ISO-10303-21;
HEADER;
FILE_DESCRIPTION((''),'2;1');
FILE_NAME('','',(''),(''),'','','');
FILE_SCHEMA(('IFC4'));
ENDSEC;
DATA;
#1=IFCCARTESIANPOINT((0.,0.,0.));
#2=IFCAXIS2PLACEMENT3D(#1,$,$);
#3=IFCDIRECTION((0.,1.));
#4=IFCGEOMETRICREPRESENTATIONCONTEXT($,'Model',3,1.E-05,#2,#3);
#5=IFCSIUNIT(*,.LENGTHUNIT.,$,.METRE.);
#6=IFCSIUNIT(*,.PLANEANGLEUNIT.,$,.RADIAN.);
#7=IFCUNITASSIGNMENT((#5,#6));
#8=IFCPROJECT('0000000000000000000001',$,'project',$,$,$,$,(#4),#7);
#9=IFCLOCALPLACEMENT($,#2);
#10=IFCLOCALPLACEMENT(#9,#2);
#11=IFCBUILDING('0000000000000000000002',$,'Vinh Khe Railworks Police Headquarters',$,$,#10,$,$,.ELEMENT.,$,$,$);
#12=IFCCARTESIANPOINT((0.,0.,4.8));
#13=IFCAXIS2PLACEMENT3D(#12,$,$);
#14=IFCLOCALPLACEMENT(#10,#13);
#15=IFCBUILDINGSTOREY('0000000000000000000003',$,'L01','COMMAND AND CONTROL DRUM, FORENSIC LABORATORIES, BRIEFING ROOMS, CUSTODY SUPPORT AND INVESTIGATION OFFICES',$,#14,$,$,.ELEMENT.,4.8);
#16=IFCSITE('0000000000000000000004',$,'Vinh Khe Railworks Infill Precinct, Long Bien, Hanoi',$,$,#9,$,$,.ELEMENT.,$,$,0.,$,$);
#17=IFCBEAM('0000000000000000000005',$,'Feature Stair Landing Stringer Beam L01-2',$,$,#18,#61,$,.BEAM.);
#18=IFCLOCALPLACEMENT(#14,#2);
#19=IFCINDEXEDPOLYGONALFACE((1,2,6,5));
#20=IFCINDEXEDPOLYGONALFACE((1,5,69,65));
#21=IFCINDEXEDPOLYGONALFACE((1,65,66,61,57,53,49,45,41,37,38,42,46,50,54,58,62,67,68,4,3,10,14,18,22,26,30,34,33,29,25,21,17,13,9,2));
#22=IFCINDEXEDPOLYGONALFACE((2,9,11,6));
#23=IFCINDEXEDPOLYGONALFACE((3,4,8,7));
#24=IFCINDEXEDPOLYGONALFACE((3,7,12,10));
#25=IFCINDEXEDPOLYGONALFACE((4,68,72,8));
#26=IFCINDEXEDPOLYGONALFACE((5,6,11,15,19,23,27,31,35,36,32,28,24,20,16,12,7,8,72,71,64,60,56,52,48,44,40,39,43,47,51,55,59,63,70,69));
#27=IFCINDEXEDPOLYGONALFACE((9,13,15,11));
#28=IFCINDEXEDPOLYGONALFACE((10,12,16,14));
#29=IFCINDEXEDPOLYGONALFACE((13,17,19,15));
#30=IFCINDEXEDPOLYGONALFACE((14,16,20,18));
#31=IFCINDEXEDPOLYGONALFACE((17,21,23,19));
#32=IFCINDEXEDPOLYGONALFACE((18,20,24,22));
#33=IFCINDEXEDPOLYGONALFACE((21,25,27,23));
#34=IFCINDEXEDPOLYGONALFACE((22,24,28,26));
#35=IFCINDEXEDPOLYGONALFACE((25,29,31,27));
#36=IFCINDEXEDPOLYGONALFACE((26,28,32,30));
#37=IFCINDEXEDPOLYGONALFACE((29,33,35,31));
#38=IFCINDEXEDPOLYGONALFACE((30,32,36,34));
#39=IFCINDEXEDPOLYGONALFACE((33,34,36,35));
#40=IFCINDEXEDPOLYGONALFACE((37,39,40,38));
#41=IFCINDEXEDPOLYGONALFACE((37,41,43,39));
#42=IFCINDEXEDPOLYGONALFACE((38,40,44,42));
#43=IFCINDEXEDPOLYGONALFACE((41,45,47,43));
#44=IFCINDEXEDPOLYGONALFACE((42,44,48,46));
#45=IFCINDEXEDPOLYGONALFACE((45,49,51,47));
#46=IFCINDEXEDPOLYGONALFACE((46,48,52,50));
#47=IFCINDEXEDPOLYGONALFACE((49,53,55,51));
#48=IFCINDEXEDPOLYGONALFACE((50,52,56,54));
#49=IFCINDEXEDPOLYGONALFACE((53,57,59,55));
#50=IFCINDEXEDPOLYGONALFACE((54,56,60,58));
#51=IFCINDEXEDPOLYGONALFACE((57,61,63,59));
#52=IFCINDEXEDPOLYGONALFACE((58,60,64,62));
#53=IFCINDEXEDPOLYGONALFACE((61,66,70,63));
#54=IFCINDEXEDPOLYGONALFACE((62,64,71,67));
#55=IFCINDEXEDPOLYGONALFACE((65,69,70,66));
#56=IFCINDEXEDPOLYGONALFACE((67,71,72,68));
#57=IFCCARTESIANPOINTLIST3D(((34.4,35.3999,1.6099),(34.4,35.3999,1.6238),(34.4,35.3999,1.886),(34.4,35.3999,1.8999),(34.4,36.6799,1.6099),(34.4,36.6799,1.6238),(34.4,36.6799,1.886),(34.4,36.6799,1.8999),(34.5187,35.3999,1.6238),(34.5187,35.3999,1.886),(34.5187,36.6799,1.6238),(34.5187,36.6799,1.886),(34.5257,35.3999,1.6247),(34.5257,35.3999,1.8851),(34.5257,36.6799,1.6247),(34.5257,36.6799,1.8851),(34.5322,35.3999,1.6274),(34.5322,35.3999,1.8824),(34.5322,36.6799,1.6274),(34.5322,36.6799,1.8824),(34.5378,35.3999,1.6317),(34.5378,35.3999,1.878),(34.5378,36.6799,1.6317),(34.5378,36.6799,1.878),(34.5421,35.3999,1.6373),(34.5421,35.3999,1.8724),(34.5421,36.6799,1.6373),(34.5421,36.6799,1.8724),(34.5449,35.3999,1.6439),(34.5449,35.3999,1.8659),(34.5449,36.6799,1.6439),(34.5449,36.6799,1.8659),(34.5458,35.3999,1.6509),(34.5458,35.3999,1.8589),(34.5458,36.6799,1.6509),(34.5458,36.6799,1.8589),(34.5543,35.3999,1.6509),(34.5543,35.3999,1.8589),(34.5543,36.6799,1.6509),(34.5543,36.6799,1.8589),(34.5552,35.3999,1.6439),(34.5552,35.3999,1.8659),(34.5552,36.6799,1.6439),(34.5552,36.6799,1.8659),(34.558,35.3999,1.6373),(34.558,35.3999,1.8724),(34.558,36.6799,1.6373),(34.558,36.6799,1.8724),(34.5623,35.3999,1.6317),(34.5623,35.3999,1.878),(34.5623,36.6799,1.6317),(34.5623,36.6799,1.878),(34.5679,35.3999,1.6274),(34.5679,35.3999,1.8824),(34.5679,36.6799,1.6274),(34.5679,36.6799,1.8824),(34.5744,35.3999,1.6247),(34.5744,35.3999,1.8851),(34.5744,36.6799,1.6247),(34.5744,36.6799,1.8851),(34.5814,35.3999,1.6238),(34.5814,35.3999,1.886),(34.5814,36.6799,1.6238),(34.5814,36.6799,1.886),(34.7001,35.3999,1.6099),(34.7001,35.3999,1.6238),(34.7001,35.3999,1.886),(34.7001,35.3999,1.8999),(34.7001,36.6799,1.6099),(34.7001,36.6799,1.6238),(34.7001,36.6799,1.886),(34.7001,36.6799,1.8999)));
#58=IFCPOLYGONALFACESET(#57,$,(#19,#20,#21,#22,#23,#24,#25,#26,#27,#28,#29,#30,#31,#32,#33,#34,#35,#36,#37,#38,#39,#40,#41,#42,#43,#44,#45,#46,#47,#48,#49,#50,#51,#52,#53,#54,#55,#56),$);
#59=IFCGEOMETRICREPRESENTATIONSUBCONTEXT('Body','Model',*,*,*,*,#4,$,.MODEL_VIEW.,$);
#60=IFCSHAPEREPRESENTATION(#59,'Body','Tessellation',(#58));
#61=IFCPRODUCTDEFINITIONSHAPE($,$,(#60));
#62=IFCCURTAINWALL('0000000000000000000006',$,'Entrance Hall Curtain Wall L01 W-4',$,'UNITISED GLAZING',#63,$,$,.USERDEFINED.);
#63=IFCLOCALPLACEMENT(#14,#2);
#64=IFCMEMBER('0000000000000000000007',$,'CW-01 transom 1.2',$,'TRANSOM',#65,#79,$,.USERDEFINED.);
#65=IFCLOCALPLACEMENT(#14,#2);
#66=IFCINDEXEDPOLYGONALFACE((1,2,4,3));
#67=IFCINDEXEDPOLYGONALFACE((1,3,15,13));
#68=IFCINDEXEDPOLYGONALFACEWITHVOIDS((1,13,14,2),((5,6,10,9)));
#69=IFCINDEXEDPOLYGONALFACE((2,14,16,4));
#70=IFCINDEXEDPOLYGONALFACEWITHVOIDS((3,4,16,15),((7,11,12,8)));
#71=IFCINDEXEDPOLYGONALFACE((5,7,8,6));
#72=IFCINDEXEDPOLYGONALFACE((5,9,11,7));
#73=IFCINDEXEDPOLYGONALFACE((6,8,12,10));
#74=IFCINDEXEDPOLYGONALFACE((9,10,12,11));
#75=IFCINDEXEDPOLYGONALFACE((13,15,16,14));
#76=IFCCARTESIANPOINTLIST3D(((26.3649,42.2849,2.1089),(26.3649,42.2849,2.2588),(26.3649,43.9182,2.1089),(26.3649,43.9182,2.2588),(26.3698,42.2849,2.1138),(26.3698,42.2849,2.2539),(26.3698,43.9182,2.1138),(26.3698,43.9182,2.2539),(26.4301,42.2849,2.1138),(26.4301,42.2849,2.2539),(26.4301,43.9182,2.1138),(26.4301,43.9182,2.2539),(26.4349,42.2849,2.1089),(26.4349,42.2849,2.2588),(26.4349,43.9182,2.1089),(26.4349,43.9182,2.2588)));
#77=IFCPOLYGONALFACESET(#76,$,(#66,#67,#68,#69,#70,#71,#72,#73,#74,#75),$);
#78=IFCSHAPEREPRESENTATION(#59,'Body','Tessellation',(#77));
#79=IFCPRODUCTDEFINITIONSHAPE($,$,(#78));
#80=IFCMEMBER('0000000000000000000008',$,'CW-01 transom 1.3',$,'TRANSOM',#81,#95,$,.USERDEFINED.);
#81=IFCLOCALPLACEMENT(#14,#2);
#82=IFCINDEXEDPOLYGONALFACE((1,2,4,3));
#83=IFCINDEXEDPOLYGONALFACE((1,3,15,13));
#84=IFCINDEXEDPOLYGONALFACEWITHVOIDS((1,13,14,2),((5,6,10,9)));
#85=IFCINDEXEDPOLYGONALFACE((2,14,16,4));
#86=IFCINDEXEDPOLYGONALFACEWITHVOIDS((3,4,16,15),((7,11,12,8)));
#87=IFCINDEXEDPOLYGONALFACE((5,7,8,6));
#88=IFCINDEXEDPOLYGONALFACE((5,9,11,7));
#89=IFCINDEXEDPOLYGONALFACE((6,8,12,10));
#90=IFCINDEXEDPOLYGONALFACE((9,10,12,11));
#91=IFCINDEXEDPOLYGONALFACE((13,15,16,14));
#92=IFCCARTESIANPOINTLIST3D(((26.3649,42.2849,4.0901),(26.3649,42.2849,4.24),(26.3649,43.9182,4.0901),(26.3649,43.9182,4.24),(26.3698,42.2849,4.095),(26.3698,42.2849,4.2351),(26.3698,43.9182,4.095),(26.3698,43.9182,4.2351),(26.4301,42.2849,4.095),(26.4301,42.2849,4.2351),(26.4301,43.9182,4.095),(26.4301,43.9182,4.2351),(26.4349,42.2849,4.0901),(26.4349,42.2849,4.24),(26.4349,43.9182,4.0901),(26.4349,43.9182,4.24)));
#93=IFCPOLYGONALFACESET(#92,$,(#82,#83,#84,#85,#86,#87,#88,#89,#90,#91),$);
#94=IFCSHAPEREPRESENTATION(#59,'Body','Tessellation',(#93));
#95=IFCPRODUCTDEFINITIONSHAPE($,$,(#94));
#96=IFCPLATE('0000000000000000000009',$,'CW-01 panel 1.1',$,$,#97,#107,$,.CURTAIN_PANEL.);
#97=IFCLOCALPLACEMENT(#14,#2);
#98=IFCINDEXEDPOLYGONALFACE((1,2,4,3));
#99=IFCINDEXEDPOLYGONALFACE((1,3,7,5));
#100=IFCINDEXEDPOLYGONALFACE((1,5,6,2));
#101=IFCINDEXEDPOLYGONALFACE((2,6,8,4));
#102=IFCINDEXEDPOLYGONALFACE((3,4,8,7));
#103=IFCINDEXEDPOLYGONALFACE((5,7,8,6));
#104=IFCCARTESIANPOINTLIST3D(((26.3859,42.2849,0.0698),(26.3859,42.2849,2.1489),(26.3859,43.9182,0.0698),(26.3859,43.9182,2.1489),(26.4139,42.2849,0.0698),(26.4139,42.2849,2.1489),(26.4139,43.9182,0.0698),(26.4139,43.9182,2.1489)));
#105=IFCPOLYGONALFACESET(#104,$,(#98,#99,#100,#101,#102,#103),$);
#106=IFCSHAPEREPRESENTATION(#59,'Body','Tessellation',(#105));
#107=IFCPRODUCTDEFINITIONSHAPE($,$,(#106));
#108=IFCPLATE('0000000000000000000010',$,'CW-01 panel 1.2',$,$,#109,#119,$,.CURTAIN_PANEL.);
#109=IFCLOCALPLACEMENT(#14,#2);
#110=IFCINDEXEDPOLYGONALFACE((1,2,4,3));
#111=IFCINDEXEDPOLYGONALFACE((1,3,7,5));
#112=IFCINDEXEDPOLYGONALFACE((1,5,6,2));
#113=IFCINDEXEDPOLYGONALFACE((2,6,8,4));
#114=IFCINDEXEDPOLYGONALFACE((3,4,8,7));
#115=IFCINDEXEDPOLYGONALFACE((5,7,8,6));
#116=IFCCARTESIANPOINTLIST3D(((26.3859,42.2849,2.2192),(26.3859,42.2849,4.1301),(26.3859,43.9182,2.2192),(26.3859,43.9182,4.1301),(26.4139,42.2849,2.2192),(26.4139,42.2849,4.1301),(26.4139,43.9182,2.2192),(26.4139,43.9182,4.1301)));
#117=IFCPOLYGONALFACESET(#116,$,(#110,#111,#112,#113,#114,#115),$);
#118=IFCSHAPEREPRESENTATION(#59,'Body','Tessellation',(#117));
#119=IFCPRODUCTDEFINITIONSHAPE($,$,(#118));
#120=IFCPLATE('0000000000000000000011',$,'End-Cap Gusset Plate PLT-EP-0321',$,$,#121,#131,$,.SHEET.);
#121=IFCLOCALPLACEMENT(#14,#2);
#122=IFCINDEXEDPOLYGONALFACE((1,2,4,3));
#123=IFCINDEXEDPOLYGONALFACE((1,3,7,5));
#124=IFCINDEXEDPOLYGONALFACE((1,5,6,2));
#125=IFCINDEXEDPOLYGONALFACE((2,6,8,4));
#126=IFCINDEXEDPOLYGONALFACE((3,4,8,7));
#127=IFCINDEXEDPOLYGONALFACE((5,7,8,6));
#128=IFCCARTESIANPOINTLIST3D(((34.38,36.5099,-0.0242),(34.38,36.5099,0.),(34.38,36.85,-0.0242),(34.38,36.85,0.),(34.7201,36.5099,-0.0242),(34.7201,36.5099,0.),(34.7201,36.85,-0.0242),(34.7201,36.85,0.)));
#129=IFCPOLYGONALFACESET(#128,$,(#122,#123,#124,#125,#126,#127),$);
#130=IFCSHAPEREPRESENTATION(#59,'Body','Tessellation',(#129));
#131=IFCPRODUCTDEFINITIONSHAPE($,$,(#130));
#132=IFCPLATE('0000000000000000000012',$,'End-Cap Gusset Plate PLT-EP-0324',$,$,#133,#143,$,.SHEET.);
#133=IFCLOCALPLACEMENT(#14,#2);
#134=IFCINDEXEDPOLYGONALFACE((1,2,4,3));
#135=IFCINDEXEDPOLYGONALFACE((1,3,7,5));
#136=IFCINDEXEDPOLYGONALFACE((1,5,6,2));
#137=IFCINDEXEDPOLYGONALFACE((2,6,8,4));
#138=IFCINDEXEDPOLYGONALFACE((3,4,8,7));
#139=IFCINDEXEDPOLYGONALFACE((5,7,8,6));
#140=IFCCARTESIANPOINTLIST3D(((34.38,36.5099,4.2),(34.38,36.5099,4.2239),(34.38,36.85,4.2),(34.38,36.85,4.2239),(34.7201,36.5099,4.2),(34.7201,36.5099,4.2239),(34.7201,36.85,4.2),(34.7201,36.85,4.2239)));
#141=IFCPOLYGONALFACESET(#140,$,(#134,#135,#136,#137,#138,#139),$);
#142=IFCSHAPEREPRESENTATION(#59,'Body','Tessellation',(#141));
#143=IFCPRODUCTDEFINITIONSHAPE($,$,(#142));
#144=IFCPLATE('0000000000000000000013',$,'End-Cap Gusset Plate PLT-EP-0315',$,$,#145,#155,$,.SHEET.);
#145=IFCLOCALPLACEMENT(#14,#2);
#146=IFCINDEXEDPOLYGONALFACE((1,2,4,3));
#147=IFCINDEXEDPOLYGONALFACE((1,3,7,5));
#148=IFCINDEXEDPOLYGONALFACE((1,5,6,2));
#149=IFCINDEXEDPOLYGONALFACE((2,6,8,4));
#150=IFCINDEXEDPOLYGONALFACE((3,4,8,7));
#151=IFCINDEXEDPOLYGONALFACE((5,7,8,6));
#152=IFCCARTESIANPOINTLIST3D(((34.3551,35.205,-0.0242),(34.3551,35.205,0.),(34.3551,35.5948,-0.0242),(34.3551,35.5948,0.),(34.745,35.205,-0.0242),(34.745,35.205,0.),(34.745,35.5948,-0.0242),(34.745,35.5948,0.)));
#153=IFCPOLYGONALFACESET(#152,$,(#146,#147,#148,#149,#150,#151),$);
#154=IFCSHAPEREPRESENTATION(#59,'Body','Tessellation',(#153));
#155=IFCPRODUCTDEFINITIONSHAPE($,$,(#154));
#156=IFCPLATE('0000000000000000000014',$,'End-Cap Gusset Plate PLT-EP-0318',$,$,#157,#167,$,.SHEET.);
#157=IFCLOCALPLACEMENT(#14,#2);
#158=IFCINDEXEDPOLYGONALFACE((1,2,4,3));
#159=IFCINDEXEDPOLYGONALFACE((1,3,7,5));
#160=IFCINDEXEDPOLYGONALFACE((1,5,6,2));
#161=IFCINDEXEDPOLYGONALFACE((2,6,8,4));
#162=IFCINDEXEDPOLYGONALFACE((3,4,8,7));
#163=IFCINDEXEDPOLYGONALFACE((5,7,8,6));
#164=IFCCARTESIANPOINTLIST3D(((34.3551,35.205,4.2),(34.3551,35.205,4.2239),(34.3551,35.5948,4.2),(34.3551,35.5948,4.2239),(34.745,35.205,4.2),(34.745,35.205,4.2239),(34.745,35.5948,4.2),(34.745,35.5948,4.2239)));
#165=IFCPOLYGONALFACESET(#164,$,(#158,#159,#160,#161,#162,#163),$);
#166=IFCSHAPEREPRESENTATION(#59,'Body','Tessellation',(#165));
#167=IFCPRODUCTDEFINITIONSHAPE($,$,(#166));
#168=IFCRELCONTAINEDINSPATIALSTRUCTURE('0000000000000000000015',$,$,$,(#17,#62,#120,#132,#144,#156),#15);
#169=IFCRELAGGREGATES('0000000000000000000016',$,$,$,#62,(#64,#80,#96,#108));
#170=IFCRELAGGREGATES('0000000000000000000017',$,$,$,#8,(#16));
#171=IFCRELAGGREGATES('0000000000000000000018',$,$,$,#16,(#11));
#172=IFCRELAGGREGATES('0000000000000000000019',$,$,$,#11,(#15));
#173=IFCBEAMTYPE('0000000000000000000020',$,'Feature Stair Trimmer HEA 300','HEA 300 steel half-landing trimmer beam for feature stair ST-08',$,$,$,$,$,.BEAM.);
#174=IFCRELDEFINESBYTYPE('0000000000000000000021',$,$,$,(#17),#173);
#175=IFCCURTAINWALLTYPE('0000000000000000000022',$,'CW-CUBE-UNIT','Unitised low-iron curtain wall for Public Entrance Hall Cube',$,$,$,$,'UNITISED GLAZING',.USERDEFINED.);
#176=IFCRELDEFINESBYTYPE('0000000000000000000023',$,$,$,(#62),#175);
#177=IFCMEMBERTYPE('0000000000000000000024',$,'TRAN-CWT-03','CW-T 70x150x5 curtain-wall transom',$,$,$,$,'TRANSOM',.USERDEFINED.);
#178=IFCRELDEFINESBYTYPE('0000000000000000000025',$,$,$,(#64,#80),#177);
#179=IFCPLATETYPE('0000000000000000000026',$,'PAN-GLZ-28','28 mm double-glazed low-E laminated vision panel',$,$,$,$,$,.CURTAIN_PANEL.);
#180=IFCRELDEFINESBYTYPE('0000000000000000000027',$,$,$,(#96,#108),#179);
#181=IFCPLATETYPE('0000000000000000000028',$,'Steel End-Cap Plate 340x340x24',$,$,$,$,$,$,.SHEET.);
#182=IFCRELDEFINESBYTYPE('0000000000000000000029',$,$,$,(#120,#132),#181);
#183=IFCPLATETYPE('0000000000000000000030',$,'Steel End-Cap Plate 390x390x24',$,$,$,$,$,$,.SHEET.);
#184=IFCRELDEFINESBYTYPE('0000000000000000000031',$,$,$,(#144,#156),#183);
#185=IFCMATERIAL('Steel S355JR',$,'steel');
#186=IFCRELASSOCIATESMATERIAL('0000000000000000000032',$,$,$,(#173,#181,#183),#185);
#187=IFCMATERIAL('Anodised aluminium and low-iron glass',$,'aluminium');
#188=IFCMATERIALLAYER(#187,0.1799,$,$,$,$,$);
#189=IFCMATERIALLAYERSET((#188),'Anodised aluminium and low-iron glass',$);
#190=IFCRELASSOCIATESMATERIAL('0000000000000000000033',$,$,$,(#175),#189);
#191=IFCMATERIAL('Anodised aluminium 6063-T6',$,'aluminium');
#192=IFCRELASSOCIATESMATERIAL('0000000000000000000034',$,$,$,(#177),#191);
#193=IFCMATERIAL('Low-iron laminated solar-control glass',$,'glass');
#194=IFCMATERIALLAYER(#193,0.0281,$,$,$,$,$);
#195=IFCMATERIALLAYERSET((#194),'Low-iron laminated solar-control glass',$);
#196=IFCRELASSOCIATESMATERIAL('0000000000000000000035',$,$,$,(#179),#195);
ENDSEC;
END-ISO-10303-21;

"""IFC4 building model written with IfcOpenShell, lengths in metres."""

from ifc_helpers import new_model, si_unit, direction, frame, origin, origin_2d, place, context, subcontext, project, spatial, rectangle, hollow_rectangle, i_section, extrude, material, layer, layer_set, material_profile, profile_set, type_object, element, aggregate, save


model = new_model("IFC4")

# Units and contexts
model_context = context("Model", 3, precision=1e-05, world=origin(), true_north=direction((0.0, 1.0)))
body_context = subcontext(model_context, "Body", "Model", "MODEL_VIEW")
ifc_project = project(units=[si_unit("LENGTHUNIT", "METRE"), si_unit("PLANEANGLEUNIT", "RADIAN")], contexts=[model_context])

# Site, building, storey
site_placement = place(None, origin())
site = spatial("IfcSite", under=ifc_project, at=site_placement, Name="Vinh Khe Railworks Infill Precinct, Long Bien, Hanoi", CompositionType="ELEMENT", RefElevation=0.0)
building_placement = place(site_placement, origin())
building = spatial("IfcBuilding", under=site, at=building_placement, Name="Vinh Khe Railworks Police Headquarters", CompositionType="ELEMENT")
storey_placement = place(building_placement, frame((0.0, 0.0, 4.8)))
storey = spatial("IfcBuildingStorey", under=building, at=storey_placement, Name="L01", Description="COMMAND AND CONTROL DRUM, FORENSIC LABORATORIES, BRIEFING ROOMS, CUSTODY SUPPORT AND INVESTIGATION OFFICES", CompositionType="ELEMENT", Elevation=4.8)

# Shared definitions
ifc_material_1 = material(Name="Steel S355JR", Category="steel")

# Beam
ifc_material_profile_1 = material_profile(ifc_material_1, i_section(OverallWidth=0.3, OverallDepth=0.29, WebThickness=0.0085, FlangeThickness=0.0139, FilletRadius=0.0271, at=origin_2d()), Name="HEA 300")
ifc_profile_set_1 = profile_set([ifc_material_profile_1], Name="Steel S355JR")
beam_type = type_object("IfcBeamType", Name="Feature Stair Trimmer HEA 300", Description="HEA 300 steel half-landing trimmer beam for feature stair ST-08", PredefinedType="BEAM", material=ifc_profile_set_1)
for number, where, z_axis, x_axis, name in (
    (1, (34.55, 35.3999, 1.7549), (0.0, 1.0, 0.0), (-1.0, 0.0, 0.0), "Feature Stair Landing Stringer Beam L01-2"),
):
    element("IfcBeam", number, at=place(storey_placement, frame(where, z_axis=z_axis, x_axis=x_axis)), inside=storey, type_object=beam_type, Name=name, PredefinedType="BEAM", context=body_context, shape_type="SweptSolid", body=[
        extrude(i_section(OverallWidth=0.3, OverallDepth=0.29, WebThickness=0.0085, FlangeThickness=0.0139, FilletRadius=0.0271, at=origin_2d()), origin(), (0.0, 0.0, 1.0), 1.28),
    ])

# Curtain wall, members, plates
ifc_material_2 = material(Name="Anodised aluminium and low-iron glass", Category="aluminium")
ifc_layer_1 = layer(ifc_material_2, 0.1799)
ifc_layer_set_1 = layer_set([ifc_layer_1], Name="Anodised aluminium and low-iron glass")
curtain_wall_type = type_object("IfcCurtainWallType", Name="CW-CUBE-UNIT", Description="Unitised low-iron curtain wall for Public Entrance Hall Cube", ElementType="UNITISED GLAZING", PredefinedType="USERDEFINED", material=ifc_layer_set_1)
curtain_wall_placement = place(storey_placement, origin())
curtain_wall = element("IfcCurtainWall", 2, at=curtain_wall_placement, inside=storey, type_object=curtain_wall_type, Name="Entrance Hall Curtain Wall L01 W-4", ObjectType="UNITISED GLAZING", PredefinedType="USERDEFINED")
ifc_material_3 = material(Name="Anodised aluminium 6063-T6", Category="aluminium")
ifc_material_profile_2 = material_profile(ifc_material_3, hollow_rectangle(XDim=0.0701, YDim=0.1499, WallThickness=0.0049, at=origin_2d()), Name="CW-T 70x150x5")
ifc_profile_set_2 = profile_set([ifc_material_profile_2], Name="Anodised aluminium 6063-T6")
member_type = type_object("IfcMemberType", Name="TRAN-CWT-03", Description="CW-T 70x150x5 curtain-wall transom", ElementType="TRANSOM", PredefinedType="USERDEFINED", material=ifc_profile_set_2)
member_1_placement = place(storey_placement, frame((26.3999, 42.2849, 2.1838), z_axis=(0.0, 1.0, 0.0), x_axis=(-1.0, 0.0, 0.0)))
member_1 = element("IfcMember", 3, at=member_1_placement, type_object=member_type, Name="CW-01 transom 1.2", ObjectType="TRANSOM", PredefinedType="USERDEFINED", context=body_context, shape_type="SweptSolid", body=[
    extrude(hollow_rectangle(XDim=0.0701, YDim=0.1499, WallThickness=0.0049, at=origin_2d()), origin(), (0.0, 0.0, 1.0), 1.6333),
])
member_2_placement = place(storey_placement, frame((26.3999, 42.2849, 4.165), z_axis=(0.0, 1.0, 0.0), x_axis=(-1.0, 0.0, 0.0)))
member_2 = element("IfcMember", 4, at=member_2_placement, type_object=member_type, Name="CW-01 transom 1.3", ObjectType="TRANSOM", PredefinedType="USERDEFINED", context=body_context, shape_type="SweptSolid", body=[
    extrude(hollow_rectangle(XDim=0.0701, YDim=0.1499, WallThickness=0.0049, at=origin_2d()), origin(), (0.0, 0.0, 1.0), 1.6333),
])
ifc_material_4 = material(Name="Low-iron laminated solar-control glass", Category="glass")
ifc_layer_2 = layer(ifc_material_4, 0.0281)
ifc_layer_set_2 = layer_set([ifc_layer_2], Name="Low-iron laminated solar-control glass")
plate_type_1 = type_object("IfcPlateType", Name="PAN-GLZ-28", Description="28 mm double-glazed low-E laminated vision panel", PredefinedType="CURTAIN_PANEL", material=ifc_layer_set_2)
plate_1_placement = place(storey_placement, frame((26.3999, 43.1016, 0.0698), z_axis=(0.0, 0.0, 1.0), x_axis=(0.0, 1.0, 0.0)))
plate_1 = element("IfcPlate", 5, at=plate_1_placement, type_object=plate_type_1, Name="CW-01 panel 1.1", PredefinedType="CURTAIN_PANEL", context=body_context, shape_type="SweptSolid", body=[
    extrude(rectangle(XDim=1.6333, YDim=0.0281, at=origin_2d()), origin(), (0.0, 0.0, 1.0), 2.0791),
])
plate_2_placement = place(storey_placement, frame((26.3999, 43.1016, 2.2192), z_axis=(0.0, 0.0, 1.0), x_axis=(0.0, 1.0, 0.0)))
plate_2 = element("IfcPlate", 6, at=plate_2_placement, type_object=plate_type_1, Name="CW-01 panel 1.2", PredefinedType="CURTAIN_PANEL", context=body_context, shape_type="SweptSolid", body=[
    extrude(rectangle(XDim=1.6333, YDim=0.0281, at=origin_2d()), origin(), (0.0, 0.0, 1.0), 1.9109),
])
aggregate(curtain_wall, [member_1, member_2, plate_1, plate_2])

# Plates
ifc_material_profile_3 = material_profile(ifc_material_1, rectangle(XDim=0.3401, YDim=0.3401, at=origin_2d()), Name="PL 340x340")
ifc_profile_set_3 = profile_set([ifc_material_profile_3], Name="Steel S355JR")
plate_type_2 = type_object("IfcPlateType", Name="Steel End-Cap Plate 340x340x24", PredefinedType="SHEET", material=ifc_profile_set_3)
plate_3_placement = place(storey_placement, frame((34.55, 36.6799, 0.0), z_axis=(0.0, 0.0, -1.0), x_axis=(1.0, 0.0, 0.0)))
element("IfcPlate", 7, at=plate_3_placement, inside=storey, type_object=plate_type_2, Name="End-Cap Gusset Plate PLT-EP-0321", PredefinedType="SHEET", context=body_context, shape_type="SweptSolid", body=[
    extrude(rectangle(XDim=0.3401, YDim=0.3401, at=origin_2d()), origin(), (0.0, 0.0, 1.0), 0.0242),
])
plate_4_placement = place(storey_placement, frame((34.55, 36.6799, 4.2), z_axis=(0.0, 0.0, 1.0), x_axis=(1.0, 0.0, 0.0)))
element("IfcPlate", 8, at=plate_4_placement, inside=storey, type_object=plate_type_2, Name="End-Cap Gusset Plate PLT-EP-0324", PredefinedType="SHEET", context=body_context, shape_type="SweptSolid", body=[
    extrude(rectangle(XDim=0.3401, YDim=0.3401, at=origin_2d()), origin(), (0.0, 0.0, 1.0), 0.0239),
])
ifc_material_profile_4 = material_profile(ifc_material_1, rectangle(XDim=0.3899, YDim=0.3899, at=origin_2d()), Name="PL 390x390")
ifc_profile_set_4 = profile_set([ifc_material_profile_4], Name="Steel S355JR")
plate_type_3 = type_object("IfcPlateType", Name="Steel End-Cap Plate 390x390x24", PredefinedType="SHEET", material=ifc_profile_set_4)
plate_5_placement = place(storey_placement, frame((34.55, 35.3999, 0.0), z_axis=(0.0, 0.0, -1.0), x_axis=(1.0, 0.0, 0.0)))
element("IfcPlate", 9, at=plate_5_placement, inside=storey, type_object=plate_type_3, Name="End-Cap Gusset Plate PLT-EP-0315", PredefinedType="SHEET", context=body_context, shape_type="SweptSolid", body=[
    extrude(rectangle(XDim=0.3899, YDim=0.3899, at=origin_2d()), origin(), (0.0, 0.0, 1.0), 0.0242),
])
plate_6_placement = place(storey_placement, frame((34.55, 35.3999, 4.2), z_axis=(0.0, 0.0, 1.0), x_axis=(1.0, 0.0, 0.0)))
element("IfcPlate", 10, at=plate_6_placement, inside=storey, type_object=plate_type_3, Name="End-Cap Gusset Plate PLT-EP-0318", PredefinedType="SHEET", context=body_context, shape_type="SweptSolid", body=[
    extrude(rectangle(XDim=0.3899, YDim=0.3899, at=origin_2d()), origin(), (0.0, 0.0, 1.0), 0.0239),
])

save(model, "model.ifc")
